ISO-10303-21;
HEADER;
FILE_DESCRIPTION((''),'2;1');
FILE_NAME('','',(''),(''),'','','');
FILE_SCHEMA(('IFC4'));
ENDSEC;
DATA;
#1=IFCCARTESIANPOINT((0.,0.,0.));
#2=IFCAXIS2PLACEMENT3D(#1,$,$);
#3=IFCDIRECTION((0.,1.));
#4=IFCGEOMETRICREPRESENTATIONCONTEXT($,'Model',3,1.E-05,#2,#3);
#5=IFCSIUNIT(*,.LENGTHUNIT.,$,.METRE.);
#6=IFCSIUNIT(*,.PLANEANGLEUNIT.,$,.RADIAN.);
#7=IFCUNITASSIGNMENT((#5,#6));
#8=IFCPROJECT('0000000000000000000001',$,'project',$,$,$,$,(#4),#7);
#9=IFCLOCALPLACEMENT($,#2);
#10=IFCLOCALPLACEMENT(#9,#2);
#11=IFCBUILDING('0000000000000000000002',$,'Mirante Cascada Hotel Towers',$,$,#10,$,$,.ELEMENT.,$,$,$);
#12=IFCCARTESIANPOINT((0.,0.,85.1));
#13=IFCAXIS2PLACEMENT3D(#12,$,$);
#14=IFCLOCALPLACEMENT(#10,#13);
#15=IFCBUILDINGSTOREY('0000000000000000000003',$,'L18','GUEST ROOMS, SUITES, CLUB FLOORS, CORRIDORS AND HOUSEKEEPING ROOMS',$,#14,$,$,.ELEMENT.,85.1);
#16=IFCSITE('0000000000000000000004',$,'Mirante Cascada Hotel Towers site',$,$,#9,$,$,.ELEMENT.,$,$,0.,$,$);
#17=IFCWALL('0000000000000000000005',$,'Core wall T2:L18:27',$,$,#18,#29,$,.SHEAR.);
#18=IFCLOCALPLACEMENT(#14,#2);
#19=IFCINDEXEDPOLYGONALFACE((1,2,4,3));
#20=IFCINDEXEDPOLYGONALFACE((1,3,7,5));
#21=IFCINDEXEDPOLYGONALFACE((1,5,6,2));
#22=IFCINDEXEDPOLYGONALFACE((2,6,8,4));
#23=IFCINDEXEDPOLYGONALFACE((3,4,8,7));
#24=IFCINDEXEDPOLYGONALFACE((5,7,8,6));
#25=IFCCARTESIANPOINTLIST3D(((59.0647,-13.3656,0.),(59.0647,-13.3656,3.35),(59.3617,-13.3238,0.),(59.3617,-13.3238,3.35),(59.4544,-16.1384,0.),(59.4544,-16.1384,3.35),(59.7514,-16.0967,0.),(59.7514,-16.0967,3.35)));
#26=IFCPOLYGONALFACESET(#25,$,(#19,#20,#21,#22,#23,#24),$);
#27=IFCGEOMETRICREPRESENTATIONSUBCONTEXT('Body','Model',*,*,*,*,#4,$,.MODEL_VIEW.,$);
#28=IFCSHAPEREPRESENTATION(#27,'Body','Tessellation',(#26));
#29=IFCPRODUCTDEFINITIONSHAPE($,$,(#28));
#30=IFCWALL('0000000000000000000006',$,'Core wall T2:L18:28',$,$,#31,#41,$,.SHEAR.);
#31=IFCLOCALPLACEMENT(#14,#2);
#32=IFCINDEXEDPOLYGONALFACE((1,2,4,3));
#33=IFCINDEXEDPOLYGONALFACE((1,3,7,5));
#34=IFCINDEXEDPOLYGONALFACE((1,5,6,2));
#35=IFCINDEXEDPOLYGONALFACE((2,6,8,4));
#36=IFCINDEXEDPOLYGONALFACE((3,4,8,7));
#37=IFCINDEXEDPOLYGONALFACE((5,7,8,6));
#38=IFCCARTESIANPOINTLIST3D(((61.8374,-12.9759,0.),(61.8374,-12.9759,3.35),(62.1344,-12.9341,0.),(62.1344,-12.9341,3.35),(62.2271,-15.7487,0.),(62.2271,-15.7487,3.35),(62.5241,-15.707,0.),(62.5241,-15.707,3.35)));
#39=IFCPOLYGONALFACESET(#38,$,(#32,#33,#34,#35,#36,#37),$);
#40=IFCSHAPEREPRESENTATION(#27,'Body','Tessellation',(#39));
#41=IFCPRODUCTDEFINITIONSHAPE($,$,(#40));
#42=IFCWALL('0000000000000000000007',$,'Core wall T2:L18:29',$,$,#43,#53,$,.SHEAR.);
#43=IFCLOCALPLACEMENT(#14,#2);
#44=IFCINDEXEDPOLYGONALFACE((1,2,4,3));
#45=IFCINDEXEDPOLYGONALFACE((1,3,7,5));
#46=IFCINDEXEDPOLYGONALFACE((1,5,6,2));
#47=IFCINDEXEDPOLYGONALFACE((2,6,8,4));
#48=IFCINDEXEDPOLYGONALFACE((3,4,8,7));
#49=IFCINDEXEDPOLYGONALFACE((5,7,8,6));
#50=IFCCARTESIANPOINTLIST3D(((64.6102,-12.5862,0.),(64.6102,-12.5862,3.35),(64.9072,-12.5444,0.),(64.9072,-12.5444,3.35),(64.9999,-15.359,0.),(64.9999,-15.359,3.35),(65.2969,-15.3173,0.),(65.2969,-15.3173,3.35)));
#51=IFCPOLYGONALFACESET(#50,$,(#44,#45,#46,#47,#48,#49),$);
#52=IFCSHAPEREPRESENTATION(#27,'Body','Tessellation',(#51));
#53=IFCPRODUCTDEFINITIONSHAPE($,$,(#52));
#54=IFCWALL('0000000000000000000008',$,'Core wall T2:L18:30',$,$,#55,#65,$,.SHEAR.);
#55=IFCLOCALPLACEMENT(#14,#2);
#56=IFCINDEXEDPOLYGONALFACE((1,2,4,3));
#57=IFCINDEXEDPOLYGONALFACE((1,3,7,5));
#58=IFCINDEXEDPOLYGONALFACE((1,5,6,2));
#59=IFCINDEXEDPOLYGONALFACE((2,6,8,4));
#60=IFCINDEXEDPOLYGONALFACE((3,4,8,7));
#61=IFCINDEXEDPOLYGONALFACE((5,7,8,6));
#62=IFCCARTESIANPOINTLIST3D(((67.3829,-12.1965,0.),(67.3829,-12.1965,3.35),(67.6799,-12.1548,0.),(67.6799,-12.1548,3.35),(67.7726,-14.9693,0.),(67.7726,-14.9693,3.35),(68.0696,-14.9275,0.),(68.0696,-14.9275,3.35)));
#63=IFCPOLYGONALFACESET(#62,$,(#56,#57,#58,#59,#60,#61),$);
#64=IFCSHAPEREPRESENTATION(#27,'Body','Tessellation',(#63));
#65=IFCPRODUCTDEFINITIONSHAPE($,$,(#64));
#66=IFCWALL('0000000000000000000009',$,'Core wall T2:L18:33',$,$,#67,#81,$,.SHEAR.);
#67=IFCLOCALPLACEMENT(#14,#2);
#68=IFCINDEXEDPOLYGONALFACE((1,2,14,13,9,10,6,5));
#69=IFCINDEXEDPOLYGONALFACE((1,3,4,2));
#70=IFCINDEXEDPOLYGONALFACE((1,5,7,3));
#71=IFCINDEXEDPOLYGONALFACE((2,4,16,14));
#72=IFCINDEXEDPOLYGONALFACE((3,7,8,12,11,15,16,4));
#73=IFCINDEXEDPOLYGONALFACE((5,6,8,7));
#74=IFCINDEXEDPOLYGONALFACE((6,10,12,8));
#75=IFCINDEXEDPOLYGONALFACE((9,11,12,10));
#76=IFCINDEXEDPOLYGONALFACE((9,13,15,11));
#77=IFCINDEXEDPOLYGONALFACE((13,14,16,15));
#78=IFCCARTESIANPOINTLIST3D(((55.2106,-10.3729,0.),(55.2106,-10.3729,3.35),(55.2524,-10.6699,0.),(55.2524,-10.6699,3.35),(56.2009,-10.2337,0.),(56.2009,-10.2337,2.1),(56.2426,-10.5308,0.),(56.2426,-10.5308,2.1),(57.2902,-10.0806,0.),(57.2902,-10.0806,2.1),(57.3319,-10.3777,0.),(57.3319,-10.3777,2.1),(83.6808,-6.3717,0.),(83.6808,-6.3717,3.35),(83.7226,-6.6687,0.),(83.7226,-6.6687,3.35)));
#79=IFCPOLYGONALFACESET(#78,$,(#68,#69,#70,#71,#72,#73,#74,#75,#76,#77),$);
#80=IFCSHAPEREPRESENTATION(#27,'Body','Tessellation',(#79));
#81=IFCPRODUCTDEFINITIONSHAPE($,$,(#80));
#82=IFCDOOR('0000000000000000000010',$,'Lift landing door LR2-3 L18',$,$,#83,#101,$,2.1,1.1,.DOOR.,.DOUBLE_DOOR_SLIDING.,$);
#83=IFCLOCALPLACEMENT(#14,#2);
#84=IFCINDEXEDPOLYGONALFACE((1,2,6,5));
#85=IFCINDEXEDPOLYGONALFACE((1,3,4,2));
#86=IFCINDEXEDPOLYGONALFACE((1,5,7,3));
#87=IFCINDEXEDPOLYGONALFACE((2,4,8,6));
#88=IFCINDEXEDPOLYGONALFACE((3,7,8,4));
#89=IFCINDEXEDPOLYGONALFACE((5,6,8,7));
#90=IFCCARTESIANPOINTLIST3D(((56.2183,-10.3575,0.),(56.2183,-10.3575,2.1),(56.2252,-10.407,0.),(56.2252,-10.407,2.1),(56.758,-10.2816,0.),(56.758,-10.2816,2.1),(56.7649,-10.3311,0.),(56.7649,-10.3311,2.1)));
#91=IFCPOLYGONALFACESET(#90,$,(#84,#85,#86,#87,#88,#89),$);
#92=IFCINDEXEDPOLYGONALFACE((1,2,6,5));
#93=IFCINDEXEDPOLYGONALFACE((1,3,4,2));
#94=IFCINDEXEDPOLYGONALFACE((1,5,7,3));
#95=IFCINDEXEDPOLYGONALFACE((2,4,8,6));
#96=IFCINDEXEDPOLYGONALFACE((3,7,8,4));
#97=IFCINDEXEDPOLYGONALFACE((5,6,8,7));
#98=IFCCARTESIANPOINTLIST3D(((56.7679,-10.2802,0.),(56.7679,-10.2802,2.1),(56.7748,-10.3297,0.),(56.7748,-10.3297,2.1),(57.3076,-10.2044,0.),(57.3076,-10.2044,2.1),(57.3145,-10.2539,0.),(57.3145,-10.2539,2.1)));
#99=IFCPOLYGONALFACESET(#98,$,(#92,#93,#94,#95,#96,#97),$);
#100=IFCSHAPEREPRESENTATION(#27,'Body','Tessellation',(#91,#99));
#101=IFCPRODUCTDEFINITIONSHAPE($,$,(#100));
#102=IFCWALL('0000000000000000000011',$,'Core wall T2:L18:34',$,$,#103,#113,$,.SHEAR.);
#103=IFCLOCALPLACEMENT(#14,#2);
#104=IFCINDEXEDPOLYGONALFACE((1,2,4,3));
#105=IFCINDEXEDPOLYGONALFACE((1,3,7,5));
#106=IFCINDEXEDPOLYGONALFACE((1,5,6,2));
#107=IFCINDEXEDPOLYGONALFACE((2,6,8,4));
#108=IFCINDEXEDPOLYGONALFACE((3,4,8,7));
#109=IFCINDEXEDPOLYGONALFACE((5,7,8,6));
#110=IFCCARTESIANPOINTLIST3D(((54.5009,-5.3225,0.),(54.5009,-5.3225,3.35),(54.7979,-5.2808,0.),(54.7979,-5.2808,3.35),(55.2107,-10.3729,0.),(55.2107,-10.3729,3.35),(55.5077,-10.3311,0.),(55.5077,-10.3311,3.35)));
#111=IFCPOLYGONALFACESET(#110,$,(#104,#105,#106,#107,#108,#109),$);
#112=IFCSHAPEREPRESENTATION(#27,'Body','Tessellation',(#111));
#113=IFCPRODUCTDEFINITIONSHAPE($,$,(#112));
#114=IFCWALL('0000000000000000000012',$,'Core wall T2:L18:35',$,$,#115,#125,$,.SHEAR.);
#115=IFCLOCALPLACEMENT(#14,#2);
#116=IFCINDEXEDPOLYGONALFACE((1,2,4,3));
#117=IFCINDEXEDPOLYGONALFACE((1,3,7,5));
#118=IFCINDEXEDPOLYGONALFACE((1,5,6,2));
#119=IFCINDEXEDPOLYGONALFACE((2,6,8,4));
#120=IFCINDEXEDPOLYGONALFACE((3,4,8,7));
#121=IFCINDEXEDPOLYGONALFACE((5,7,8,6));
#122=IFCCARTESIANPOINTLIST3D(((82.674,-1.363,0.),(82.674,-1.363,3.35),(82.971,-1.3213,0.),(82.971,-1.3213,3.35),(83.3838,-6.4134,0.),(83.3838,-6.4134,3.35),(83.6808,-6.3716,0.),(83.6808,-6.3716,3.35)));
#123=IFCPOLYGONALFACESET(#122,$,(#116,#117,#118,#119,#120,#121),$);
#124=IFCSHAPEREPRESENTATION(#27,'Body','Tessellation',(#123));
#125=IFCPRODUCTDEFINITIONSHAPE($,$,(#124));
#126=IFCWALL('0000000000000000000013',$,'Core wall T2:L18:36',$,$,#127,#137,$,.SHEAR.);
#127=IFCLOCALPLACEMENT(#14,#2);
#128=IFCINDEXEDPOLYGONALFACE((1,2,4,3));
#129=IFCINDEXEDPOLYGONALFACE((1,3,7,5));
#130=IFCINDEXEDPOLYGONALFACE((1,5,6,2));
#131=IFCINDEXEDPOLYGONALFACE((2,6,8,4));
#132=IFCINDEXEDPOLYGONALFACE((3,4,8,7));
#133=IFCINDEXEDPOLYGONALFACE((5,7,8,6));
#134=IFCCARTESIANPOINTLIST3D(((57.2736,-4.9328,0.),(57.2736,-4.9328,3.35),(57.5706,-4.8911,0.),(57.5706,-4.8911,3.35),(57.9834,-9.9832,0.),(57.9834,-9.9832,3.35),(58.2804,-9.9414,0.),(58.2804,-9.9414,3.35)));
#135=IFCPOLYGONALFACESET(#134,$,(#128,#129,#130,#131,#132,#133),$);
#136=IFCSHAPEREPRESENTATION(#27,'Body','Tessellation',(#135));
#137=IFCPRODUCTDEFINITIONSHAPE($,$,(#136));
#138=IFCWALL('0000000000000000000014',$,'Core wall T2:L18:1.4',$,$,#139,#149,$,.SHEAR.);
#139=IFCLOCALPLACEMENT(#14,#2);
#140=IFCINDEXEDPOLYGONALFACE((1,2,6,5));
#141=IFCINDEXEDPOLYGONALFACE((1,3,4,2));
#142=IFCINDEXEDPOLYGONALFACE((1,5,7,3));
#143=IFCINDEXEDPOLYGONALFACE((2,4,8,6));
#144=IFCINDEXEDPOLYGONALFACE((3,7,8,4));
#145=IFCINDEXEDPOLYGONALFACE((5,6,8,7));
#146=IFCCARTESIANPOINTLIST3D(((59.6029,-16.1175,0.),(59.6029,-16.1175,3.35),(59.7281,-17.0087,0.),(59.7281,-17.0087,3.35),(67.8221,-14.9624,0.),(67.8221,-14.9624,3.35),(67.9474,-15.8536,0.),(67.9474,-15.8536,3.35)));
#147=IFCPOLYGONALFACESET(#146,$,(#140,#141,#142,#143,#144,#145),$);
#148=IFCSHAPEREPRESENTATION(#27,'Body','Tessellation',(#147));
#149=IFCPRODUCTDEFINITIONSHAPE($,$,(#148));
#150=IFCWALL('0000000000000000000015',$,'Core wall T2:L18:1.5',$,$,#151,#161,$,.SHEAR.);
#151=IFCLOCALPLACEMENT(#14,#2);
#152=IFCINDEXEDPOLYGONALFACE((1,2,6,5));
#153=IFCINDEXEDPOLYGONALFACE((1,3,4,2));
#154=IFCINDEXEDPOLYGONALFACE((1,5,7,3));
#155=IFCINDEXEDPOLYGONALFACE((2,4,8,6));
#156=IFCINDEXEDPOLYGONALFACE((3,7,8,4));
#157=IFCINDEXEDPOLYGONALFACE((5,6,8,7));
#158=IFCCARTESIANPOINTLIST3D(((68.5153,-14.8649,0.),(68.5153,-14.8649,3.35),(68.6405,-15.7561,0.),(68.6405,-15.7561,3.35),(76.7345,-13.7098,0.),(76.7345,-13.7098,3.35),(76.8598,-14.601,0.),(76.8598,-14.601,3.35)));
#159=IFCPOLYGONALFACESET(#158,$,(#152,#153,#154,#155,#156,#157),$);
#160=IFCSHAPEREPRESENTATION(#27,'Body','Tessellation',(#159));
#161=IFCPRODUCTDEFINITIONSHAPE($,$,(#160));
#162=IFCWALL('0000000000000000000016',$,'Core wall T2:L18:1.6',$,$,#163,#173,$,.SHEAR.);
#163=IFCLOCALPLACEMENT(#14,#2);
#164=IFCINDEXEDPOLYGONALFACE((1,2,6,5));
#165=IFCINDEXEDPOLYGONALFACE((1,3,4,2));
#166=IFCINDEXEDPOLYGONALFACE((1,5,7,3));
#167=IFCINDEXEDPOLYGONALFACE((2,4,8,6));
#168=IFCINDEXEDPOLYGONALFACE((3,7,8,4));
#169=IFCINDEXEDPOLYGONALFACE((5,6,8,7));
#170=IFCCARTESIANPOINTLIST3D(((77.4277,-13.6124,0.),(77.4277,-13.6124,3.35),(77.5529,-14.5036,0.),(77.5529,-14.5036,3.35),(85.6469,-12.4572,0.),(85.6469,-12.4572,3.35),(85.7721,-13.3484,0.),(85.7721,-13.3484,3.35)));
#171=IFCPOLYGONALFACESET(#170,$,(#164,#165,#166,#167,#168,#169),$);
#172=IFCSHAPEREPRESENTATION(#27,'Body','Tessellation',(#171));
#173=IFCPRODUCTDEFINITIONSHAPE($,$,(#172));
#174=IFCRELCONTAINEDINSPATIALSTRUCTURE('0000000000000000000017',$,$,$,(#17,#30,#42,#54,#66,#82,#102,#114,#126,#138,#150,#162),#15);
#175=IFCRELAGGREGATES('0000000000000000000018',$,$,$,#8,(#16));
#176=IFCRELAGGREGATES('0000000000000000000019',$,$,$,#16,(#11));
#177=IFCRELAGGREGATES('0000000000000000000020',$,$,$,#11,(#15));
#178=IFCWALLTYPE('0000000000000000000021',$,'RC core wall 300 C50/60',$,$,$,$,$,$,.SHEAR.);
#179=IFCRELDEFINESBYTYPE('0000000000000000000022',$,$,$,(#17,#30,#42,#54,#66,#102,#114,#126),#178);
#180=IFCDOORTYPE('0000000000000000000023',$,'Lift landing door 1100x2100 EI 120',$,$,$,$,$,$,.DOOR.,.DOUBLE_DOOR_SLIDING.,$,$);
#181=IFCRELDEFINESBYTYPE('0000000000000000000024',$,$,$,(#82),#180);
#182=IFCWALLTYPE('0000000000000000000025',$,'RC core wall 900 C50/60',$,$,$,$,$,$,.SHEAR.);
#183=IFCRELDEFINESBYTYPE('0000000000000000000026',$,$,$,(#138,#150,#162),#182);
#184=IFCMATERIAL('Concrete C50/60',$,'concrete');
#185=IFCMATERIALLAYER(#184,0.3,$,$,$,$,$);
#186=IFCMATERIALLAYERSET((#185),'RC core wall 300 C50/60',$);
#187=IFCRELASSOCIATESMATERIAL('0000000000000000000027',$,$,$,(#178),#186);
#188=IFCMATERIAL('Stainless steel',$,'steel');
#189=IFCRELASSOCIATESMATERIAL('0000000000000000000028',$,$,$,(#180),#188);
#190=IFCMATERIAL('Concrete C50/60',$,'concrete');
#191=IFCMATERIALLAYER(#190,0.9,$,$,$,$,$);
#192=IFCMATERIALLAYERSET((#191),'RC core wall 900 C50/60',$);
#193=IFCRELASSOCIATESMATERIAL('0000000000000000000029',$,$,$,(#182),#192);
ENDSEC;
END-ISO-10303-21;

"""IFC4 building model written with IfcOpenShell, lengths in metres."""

from ifc_helpers import new_model, si_unit, direction, frame, frame_2d, origin, place, context, subcontext, project, spatial, rectangle, extrude, material, layer, layer_set, type_object, element, fill, save


model = new_model("IFC4")

# Units and contexts
model_context = context("Model", 3, precision=1e-05, world=origin(), true_north=direction((0.0, 1.0)))
body_context = subcontext(model_context, "Body", "Model", "MODEL_VIEW")
ifc_project = project(units=[si_unit("LENGTHUNIT", "METRE"), si_unit("PLANEANGLEUNIT", "RADIAN")], contexts=[model_context])

# Site, building, storey
site_placement = place(None, origin())
site = spatial("IfcSite", under=ifc_project, at=site_placement, Name="Mirante Cascada Hotel Towers site", CompositionType="ELEMENT", RefElevation=0.0)
building_placement = place(site_placement, origin())
building = spatial("IfcBuilding", under=site, at=building_placement, Name="Mirante Cascada Hotel Towers", CompositionType="ELEMENT")
storey_placement = place(building_placement, frame((0.0, 0.0, 85.1)))
storey = spatial("IfcBuildingStorey", under=building, at=storey_placement, Name="L18", Description="GUEST ROOMS, SUITES, CLUB FLOORS, CORRIDORS AND HOUSEKEEPING ROOMS", CompositionType="ELEMENT", Elevation=85.1)

# Walls
ifc_material_1 = material(Name="Concrete C50/60", Category="concrete")
ifc_layer_1 = layer(ifc_material_1, 0.3)
ifc_layer_set_1 = layer_set([ifc_layer_1], Name="RC core wall 300 C50/60")
wall_type_1 = type_object("IfcWallType", Name="RC core wall 300 C50/60", PredefinedType="SHEAR", material=ifc_layer_set_1)
for number, where, z_axis, x_axis, name in (
    (1, (59.6029, -16.1175, 0.0), (0.0, 0.0, 1.0), (-0.139176, 0.990268, 0.0), "Core wall T2:L18:27"),
    (2, (62.3756, -15.7278, 0.0), (0.0, 0.0, 1.0), (-0.139176, 0.990268, 0.0), "Core wall T2:L18:28"),
    (3, (65.1484, -15.3381, 0.0), (0.0, 0.0, 1.0), (-0.139176, 0.990268, 0.0), "Core wall T2:L18:29"),
):
    element("IfcWall", number, at=place(storey_placement, frame(where, z_axis=z_axis, x_axis=x_axis)), inside=storey, type_object=wall_type_1, Name=name, PredefinedType="SHEAR", context=body_context, shape_type="SweptSolid", body=[
        extrude(rectangle(XDim=2.8001, YDim=0.3, at=frame_2d((1.4, 0.0))), origin(), (0.0, 0.0, 1.0), 3.35),
    ])
wall_1_placement = place(storey_placement, frame((67.9211, -14.9484, 0.0), z_axis=(0.0, 0.0, 1.0), x_axis=(-0.139181, 0.990267, 0.0)))
element("IfcWall", 4, at=wall_1_placement, inside=storey, type_object=wall_type_1, Name="Core wall T2:L18:30", PredefinedType="SHEAR", context=body_context, shape_type="SweptSolid", body=[
    extrude(rectangle(XDim=2.8, YDim=0.3, at=frame_2d((1.4, 0.0))), origin(), (0.0, 0.0, 1.0), 3.35),
])

# Wall, opening, door
wall_2_placement = place(storey_placement, frame((55.2315, -10.5214, 0.0), z_axis=(0.0, 0.0, 1.0), x_axis=(0.990268, 0.139172, 0.0)))
wall_2 = element("IfcWall", 5, at=wall_2_placement, inside=storey, type_object=wall_type_1, Name="Core wall T2:L18:33", PredefinedType="SHEAR", context=body_context, shape_type="SweptSolid", body=[
    extrude(rectangle(XDim=28.75, YDim=0.3, at=frame_2d((14.375, 0.0))), origin(), (0.0, 0.0, 1.0), 3.35),
])
opening_placement = place(wall_2_placement, frame((1.0, 0.0, 0.0)))
opening = element("IfcOpeningElement", 6, at=opening_placement, cuts=wall_2, PredefinedType="OPENING", context=body_context, shape_type="SweptSolid", body=[
    extrude(rectangle(XDim=1.1, YDim=2.1, at=frame_2d((0.55, 1.05))), frame((0.0, 0.15, 0.0), z_axis=(0.0, -1.0, 0.0), x_axis=(1.0, 0.0, 0.0)), (0.0, 0.0, 1.0), 0.3),
])
ifc_material_2 = material(Name="Stainless steel", Category="steel")
door_type = type_object("IfcDoorType", Name="Lift landing door 1100x2100 EI 120", OperationType="DOUBLE_DOOR_SLIDING", PredefinedType="DOOR", material=ifc_material_2)
door_placement = place(opening_placement, origin())
door = element("IfcDoor", 7, at=door_placement, inside=storey, type_object=door_type, Name="Lift landing door LR2-3 L18", OperationType="DOUBLE_DOOR_SLIDING", OverallHeight=2.1, OverallWidth=1.1, PredefinedType="DOOR", context=body_context, shape_type="SweptSolid", body=[
    extrude(rectangle(XDim=0.545, YDim=2.1, at=frame_2d((0.2725, 1.05))), frame((0.0, 0.025, 0.0), z_axis=(0.0, -1.0, 0.0), x_axis=(1.0, 0.0, 0.0)), (0.0, 0.0, 1.0), 0.05),
    extrude(rectangle(XDim=0.545, YDim=2.1, at=frame_2d((0.8275, 1.05))), frame((0.0, 0.025, 0.0), z_axis=(0.0, -1.0, 0.0), x_axis=(1.0, 0.0, 0.0)), (0.0, 0.0, 1.0), 0.05),
])
fill(opening, door)

# Walls
for number, where, z_axis, x_axis, name in (
    (8, (55.3592, -10.352, 0.0), (0.0, 0.0, 1.0), (-0.139176, 0.990268, 0.0), "Core wall T2:L18:34"),
    (9, (83.5323, -6.3925, 0.0), (0.0, 0.0, 1.0), (-0.139176, 0.990268, 0.0), "Core wall T2:L18:35"),
    (10, (58.1319, -9.9623, 0.0), (0.0, 0.0, 1.0), (-0.139176, 0.990268, 0.0), "Core wall T2:L18:36"),
):
    element("IfcWall", number, at=place(storey_placement, frame(where, z_axis=z_axis, x_axis=x_axis)), inside=storey, type_object=wall_type_1, Name=name, PredefinedType="SHEAR", context=body_context, shape_type="SweptSolid", body=[
        extrude(rectangle(XDim=5.1, YDim=0.3, at=frame_2d((2.55, 0.0))), origin(), (0.0, 0.0, 1.0), 3.35),
    ])
ifc_material_3 = material(Name="Concrete C50/60", Category="concrete")
ifc_layer_2 = layer(ifc_material_3, 0.9)
ifc_layer_set_2 = layer_set([ifc_layer_2], Name="RC core wall 900 C50/60")
wall_type_2 = type_object("IfcWallType", Name="RC core wall 900 C50/60", PredefinedType="SHEAR", material=ifc_layer_set_2)
for number, where, z_axis, x_axis, name in (
    (11, (59.6655, -16.5631, 0.0), (0.0, 0.0, 1.0), (0.990269, 0.139169, 0.0), "Core wall T2:L18:1.4"),
    (12, (68.5779, -15.3105, 0.0), (0.0, 0.0, 1.0), (0.990269, 0.139169, 0.0), "Core wall T2:L18:1.5"),
    (13, (77.4903, -14.058, 0.0), (0.0, 0.0, 1.0), (0.990267, 0.139181, 0.0), "Core wall T2:L18:1.6"),
):
    element("IfcWall", number, at=place(storey_placement, frame(where, z_axis=z_axis, x_axis=x_axis)), inside=storey, type_object=wall_type_2, Name=name, PredefinedType="SHEAR", context=body_context, shape_type="SweptSolid", body=[
        extrude(rectangle(XDim=8.3, YDim=0.9, at=frame_2d((4.15, 0.0))), origin(), (0.0, 0.0, 1.0), 3.35),
    ])

save(model, "model.ifc")
